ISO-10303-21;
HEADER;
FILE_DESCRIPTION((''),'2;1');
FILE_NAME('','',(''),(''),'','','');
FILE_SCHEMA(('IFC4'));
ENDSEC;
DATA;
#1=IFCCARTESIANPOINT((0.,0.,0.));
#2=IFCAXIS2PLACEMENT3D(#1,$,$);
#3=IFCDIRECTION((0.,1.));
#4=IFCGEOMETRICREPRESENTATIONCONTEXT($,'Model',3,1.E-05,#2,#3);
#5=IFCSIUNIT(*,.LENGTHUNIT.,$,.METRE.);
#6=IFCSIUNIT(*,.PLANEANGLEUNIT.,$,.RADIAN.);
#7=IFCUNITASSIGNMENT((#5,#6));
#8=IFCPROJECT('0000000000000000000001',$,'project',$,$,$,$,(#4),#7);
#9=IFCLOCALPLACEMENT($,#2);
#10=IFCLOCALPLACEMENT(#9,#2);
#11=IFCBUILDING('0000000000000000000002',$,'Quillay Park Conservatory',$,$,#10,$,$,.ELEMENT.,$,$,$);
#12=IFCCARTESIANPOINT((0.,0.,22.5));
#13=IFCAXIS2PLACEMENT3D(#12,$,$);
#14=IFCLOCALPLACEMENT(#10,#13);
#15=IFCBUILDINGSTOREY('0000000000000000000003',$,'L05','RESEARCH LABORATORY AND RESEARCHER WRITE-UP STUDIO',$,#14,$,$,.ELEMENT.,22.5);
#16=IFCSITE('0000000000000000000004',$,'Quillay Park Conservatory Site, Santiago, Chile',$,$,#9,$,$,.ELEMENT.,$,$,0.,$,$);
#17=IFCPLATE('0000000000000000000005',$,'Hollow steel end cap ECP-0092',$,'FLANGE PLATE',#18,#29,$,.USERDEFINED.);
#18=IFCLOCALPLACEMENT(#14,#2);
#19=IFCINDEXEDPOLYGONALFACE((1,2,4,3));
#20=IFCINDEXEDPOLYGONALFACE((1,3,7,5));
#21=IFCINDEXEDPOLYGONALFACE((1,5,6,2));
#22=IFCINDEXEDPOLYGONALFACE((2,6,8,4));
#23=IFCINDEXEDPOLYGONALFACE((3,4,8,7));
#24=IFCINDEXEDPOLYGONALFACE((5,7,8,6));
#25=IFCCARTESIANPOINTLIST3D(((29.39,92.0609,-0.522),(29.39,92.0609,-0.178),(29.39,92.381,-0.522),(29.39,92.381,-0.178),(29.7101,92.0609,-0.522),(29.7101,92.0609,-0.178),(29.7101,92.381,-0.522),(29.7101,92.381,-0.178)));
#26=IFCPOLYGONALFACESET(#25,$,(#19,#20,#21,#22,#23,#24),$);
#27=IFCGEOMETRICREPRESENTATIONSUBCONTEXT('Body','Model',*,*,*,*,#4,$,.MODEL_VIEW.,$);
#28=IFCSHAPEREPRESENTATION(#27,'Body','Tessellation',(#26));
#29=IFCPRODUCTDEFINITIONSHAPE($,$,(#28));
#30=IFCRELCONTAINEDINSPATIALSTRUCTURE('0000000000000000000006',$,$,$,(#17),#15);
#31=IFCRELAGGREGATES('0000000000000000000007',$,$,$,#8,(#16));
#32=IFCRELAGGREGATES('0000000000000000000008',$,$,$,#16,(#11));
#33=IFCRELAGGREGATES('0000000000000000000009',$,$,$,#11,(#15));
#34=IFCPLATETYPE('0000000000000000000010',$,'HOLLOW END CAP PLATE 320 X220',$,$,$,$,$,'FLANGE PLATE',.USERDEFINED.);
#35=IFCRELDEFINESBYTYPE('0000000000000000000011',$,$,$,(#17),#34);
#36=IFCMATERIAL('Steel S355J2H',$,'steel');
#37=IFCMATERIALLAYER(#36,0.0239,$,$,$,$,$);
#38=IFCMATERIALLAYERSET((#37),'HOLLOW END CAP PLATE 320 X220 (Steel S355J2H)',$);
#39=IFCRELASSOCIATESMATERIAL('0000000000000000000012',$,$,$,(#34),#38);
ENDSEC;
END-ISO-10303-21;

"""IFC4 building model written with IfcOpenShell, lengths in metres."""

from ifc_helpers import new_model, si_unit, direction, frame, origin, origin_2d, place, context, subcontext, project, spatial, rectangle, extrude, material, layer, layer_set, type_object, element, save


model = new_model("IFC4")

# Units and contexts
model_context = context("Model", 3, precision=1e-05, world=origin(), true_north=direction((0.0, 1.0)))
body_context = subcontext(model_context, "Body", "Model", "MODEL_VIEW")
ifc_project = project(units=[si_unit("LENGTHUNIT", "METRE"), si_unit("PLANEANGLEUNIT", "RADIAN")], contexts=[model_context])

# Site, building, storey
site_placement = place(None, origin())
site = spatial("IfcSite", under=ifc_project, at=site_placement, Name="Quillay Park Conservatory Site, Santiago, Chile", CompositionType="ELEMENT", RefElevation=0.0)
building_placement = place(site_placement, origin())
building = spatial("IfcBuilding", under=site, at=building_placement, Name="Quillay Park Conservatory", CompositionType="ELEMENT")
storey_placement = place(building_placement, frame((0.0, 0.0, 22.5)))
storey = spatial("IfcBuildingStorey", under=building, at=storey_placement, Name="L05", Description="RESEARCH LABORATORY AND RESEARCHER WRITE-UP STUDIO", CompositionType="ELEMENT", Elevation=22.5)

# Plate
ifc_material_1 = material(Name="Steel S355J2H", Category="steel")
ifc_layer_1 = layer(ifc_material_1, 0.0239)
ifc_layer_set_1 = layer_set([ifc_layer_1], Name="HOLLOW END CAP PLATE 320 X220 (Steel S355J2H)")
plate_type_1 = type_object("IfcPlateType", Name="HOLLOW END CAP PLATE 320 X220", ElementType="FLANGE PLATE", PredefinedType="USERDEFINED", material=ifc_layer_set_1)
for number, where, z_axis, x_axis, name in (
    (1, (29.55, 92.2209, -0.522), (0.0, 0.0, 1.0), (1.0, 0.0, 0.0), "Hollow steel end cap ECP-0092"),
):
    element("IfcPlate", number, at=place(storey_placement, frame(where, z_axis=z_axis, x_axis=x_axis)), inside=storey, type_object=plate_type_1, Name=name, ObjectType="FLANGE PLATE", PredefinedType="USERDEFINED", context=body_context, shape_type="SweptSolid", body=[
        extrude(rectangle(XDim=0.3201, YDim=0.3201, at=origin_2d()), origin(), (0.0, 0.0, 1.0), 0.344),
    ])

save(model, "model.ifc")
